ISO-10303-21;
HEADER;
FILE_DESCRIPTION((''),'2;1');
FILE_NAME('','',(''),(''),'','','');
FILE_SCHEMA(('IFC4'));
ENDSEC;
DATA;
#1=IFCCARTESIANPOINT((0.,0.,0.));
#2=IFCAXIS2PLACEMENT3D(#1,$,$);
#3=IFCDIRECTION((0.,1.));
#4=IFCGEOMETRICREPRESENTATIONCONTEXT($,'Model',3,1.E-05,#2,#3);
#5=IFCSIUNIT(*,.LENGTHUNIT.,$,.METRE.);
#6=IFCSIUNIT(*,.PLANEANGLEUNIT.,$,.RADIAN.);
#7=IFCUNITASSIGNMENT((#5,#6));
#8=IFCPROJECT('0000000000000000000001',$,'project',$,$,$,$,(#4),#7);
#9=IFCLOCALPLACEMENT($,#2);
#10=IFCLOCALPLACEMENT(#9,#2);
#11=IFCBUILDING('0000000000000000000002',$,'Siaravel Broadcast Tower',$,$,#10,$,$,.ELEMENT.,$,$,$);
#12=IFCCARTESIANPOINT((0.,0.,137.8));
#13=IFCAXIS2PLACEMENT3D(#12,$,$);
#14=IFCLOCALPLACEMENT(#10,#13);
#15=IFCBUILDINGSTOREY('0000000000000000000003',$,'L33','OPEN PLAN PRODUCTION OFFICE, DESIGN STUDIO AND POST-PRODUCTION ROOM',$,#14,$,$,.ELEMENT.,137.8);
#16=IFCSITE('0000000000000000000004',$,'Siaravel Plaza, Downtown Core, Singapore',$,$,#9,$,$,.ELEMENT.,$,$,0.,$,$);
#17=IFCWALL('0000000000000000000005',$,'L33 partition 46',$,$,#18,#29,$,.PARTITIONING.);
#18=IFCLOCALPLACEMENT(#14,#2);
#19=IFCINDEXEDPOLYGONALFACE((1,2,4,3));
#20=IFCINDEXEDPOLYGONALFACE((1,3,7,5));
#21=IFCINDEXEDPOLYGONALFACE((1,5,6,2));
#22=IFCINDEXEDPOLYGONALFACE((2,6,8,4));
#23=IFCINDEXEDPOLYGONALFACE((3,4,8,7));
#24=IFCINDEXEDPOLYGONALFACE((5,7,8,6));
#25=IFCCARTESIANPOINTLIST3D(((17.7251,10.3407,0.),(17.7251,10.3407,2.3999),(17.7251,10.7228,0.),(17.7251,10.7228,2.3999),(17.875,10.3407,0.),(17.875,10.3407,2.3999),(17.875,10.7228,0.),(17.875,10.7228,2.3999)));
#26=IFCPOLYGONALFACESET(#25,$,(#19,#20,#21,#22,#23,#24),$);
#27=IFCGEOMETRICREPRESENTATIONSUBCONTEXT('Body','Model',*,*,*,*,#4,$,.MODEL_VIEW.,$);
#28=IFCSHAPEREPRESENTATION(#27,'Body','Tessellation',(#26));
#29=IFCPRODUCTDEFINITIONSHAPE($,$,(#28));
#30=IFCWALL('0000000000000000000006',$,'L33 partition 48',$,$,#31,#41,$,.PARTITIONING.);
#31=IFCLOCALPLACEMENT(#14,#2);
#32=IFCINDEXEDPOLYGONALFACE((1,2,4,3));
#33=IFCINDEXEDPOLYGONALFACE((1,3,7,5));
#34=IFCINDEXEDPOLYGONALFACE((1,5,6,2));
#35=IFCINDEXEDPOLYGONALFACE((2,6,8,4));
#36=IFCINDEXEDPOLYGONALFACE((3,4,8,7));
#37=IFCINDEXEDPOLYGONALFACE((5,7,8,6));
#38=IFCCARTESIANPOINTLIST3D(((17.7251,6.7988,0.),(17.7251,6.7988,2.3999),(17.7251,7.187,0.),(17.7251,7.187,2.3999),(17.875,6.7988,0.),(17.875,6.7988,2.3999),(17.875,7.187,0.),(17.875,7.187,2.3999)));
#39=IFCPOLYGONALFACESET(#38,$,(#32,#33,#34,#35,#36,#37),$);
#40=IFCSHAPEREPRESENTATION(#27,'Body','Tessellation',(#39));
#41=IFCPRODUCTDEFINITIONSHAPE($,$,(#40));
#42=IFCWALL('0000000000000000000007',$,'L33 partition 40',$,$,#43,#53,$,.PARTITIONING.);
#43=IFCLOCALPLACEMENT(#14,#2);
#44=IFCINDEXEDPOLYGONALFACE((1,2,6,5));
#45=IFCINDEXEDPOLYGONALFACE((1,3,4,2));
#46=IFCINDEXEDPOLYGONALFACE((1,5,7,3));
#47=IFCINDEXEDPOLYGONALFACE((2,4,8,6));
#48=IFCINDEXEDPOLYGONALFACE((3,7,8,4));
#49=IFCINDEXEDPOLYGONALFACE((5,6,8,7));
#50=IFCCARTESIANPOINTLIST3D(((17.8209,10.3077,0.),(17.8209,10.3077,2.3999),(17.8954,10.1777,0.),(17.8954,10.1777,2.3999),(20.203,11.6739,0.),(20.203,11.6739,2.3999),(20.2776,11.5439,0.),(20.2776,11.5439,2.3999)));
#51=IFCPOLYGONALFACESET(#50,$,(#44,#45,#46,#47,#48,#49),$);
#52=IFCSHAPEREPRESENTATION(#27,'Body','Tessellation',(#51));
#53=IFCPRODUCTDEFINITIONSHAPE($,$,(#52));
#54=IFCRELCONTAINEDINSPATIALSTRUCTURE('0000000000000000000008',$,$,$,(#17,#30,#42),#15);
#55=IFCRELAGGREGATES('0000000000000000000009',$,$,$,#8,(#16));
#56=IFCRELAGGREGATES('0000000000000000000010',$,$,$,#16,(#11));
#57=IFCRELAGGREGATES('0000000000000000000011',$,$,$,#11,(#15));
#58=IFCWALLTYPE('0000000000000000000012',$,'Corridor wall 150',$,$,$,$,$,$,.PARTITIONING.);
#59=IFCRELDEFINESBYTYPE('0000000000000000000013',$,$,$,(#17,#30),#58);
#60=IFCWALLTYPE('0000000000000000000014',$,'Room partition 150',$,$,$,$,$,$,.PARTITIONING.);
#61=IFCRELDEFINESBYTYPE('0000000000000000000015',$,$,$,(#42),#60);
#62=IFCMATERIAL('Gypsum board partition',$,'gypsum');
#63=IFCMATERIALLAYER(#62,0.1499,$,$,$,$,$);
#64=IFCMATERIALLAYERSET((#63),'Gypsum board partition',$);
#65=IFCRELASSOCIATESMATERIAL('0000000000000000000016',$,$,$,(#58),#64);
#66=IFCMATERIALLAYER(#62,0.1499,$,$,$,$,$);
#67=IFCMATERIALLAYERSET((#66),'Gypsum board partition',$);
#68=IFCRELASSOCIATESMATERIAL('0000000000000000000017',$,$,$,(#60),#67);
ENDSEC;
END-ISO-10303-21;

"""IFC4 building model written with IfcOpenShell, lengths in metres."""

from ifc_helpers import new_model, si_unit, direction, frame, frame_2d, origin, place, context, subcontext, project, spatial, rectangle, extrude, material, layer, layer_set, type_object, element, save


model = new_model("IFC4")

# Units and contexts
model_context = context("Model", 3, precision=1e-05, world=origin(), true_north=direction((0.0, 1.0)))
body_context = subcontext(model_context, "Body", "Model", "MODEL_VIEW")
ifc_project = project(units=[si_unit("LENGTHUNIT", "METRE"), si_unit("PLANEANGLEUNIT", "RADIAN")], contexts=[model_context])

# Site, building, storey
site_placement = place(None, origin())
site = spatial("IfcSite", under=ifc_project, at=site_placement, Name="Siaravel Plaza, Downtown Core, Singapore", CompositionType="ELEMENT", RefElevation=0.0)
building_placement = place(site_placement, origin())
building = spatial("IfcBuilding", under=site, at=building_placement, Name="Siaravel Broadcast Tower", CompositionType="ELEMENT")
storey_placement = place(building_placement, frame((0.0, 0.0, 137.8)))
storey = spatial("IfcBuildingStorey", under=building, at=storey_placement, Name="L33", Description="OPEN PLAN PRODUCTION OFFICE, DESIGN STUDIO AND POST-PRODUCTION ROOM", CompositionType="ELEMENT", Elevation=137.8)

# Shared definitions
ifc_material_1 = material(Name="Gypsum board partition", Category="gypsum")
ifc_layer_1 = layer(ifc_material_1, 0.1499)
ifc_layer_set_1 = layer_set([ifc_layer_1], Name="Gypsum board partition")
wall_type_1 = type_object("IfcWallType", Name="Corridor wall 150", PredefinedType="PARTITIONING", material=ifc_layer_set_1)

# Walls
wall_1_placement = place(storey_placement, frame((17.8, 10.3408, 0.0), z_axis=(0.0, 0.0, 1.0), x_axis=(0.0, 1.0, 0.0)))
element("IfcWall", 1, at=wall_1_placement, inside=storey, type_object=wall_type_1, Name="L33 partition 46", PredefinedType="PARTITIONING", context=body_context, shape_type="SweptSolid", body=[
    extrude(rectangle(XDim=0.3821, YDim=0.1499, at=frame_2d((0.1909, 0.0))), origin(), (0.0, 0.0, 1.0), 2.3999),
])
wall_2_placement = place(storey_placement, frame((17.8, 6.7988, 0.0), z_axis=(0.0, 0.0, 1.0), x_axis=(0.0, 1.0, 0.0)))
element("IfcWall", 2, at=wall_2_placement, inside=storey, type_object=wall_type_1, Name="L33 partition 48", PredefinedType="PARTITIONING", context=body_context, shape_type="SweptSolid", body=[
    extrude(rectangle(XDim=0.3882, YDim=0.1499, at=frame_2d((0.1941, 0.0))), origin(), (0.0, 0.0, 1.0), 2.3999),
])
ifc_layer_2 = layer(ifc_material_1, 0.1499)
ifc_layer_set_2 = layer_set([ifc_layer_2], Name="Gypsum board partition")
wall_type_2 = type_object("IfcWallType", Name="Room partition 150", PredefinedType="PARTITIONING", material=ifc_layer_set_2)
wall_3_placement = place(storey_placement, frame((17.8582, 10.2427, 0.0), z_axis=(0.0, 0.0, 1.0), x_axis=(0.867454, 0.497517, 0.0)))
element("IfcWall", 3, at=wall_3_placement, inside=storey, type_object=wall_type_2, Name="L33 partition 40", PredefinedType="PARTITIONING", context=body_context, shape_type="SweptSolid", body=[
    extrude(rectangle(XDim=2.7461, YDim=0.1499, at=frame_2d((1.373, 0.0))), origin(), (0.0, 0.0, 1.0), 2.3999),
])

save(model, "model.ifc")
